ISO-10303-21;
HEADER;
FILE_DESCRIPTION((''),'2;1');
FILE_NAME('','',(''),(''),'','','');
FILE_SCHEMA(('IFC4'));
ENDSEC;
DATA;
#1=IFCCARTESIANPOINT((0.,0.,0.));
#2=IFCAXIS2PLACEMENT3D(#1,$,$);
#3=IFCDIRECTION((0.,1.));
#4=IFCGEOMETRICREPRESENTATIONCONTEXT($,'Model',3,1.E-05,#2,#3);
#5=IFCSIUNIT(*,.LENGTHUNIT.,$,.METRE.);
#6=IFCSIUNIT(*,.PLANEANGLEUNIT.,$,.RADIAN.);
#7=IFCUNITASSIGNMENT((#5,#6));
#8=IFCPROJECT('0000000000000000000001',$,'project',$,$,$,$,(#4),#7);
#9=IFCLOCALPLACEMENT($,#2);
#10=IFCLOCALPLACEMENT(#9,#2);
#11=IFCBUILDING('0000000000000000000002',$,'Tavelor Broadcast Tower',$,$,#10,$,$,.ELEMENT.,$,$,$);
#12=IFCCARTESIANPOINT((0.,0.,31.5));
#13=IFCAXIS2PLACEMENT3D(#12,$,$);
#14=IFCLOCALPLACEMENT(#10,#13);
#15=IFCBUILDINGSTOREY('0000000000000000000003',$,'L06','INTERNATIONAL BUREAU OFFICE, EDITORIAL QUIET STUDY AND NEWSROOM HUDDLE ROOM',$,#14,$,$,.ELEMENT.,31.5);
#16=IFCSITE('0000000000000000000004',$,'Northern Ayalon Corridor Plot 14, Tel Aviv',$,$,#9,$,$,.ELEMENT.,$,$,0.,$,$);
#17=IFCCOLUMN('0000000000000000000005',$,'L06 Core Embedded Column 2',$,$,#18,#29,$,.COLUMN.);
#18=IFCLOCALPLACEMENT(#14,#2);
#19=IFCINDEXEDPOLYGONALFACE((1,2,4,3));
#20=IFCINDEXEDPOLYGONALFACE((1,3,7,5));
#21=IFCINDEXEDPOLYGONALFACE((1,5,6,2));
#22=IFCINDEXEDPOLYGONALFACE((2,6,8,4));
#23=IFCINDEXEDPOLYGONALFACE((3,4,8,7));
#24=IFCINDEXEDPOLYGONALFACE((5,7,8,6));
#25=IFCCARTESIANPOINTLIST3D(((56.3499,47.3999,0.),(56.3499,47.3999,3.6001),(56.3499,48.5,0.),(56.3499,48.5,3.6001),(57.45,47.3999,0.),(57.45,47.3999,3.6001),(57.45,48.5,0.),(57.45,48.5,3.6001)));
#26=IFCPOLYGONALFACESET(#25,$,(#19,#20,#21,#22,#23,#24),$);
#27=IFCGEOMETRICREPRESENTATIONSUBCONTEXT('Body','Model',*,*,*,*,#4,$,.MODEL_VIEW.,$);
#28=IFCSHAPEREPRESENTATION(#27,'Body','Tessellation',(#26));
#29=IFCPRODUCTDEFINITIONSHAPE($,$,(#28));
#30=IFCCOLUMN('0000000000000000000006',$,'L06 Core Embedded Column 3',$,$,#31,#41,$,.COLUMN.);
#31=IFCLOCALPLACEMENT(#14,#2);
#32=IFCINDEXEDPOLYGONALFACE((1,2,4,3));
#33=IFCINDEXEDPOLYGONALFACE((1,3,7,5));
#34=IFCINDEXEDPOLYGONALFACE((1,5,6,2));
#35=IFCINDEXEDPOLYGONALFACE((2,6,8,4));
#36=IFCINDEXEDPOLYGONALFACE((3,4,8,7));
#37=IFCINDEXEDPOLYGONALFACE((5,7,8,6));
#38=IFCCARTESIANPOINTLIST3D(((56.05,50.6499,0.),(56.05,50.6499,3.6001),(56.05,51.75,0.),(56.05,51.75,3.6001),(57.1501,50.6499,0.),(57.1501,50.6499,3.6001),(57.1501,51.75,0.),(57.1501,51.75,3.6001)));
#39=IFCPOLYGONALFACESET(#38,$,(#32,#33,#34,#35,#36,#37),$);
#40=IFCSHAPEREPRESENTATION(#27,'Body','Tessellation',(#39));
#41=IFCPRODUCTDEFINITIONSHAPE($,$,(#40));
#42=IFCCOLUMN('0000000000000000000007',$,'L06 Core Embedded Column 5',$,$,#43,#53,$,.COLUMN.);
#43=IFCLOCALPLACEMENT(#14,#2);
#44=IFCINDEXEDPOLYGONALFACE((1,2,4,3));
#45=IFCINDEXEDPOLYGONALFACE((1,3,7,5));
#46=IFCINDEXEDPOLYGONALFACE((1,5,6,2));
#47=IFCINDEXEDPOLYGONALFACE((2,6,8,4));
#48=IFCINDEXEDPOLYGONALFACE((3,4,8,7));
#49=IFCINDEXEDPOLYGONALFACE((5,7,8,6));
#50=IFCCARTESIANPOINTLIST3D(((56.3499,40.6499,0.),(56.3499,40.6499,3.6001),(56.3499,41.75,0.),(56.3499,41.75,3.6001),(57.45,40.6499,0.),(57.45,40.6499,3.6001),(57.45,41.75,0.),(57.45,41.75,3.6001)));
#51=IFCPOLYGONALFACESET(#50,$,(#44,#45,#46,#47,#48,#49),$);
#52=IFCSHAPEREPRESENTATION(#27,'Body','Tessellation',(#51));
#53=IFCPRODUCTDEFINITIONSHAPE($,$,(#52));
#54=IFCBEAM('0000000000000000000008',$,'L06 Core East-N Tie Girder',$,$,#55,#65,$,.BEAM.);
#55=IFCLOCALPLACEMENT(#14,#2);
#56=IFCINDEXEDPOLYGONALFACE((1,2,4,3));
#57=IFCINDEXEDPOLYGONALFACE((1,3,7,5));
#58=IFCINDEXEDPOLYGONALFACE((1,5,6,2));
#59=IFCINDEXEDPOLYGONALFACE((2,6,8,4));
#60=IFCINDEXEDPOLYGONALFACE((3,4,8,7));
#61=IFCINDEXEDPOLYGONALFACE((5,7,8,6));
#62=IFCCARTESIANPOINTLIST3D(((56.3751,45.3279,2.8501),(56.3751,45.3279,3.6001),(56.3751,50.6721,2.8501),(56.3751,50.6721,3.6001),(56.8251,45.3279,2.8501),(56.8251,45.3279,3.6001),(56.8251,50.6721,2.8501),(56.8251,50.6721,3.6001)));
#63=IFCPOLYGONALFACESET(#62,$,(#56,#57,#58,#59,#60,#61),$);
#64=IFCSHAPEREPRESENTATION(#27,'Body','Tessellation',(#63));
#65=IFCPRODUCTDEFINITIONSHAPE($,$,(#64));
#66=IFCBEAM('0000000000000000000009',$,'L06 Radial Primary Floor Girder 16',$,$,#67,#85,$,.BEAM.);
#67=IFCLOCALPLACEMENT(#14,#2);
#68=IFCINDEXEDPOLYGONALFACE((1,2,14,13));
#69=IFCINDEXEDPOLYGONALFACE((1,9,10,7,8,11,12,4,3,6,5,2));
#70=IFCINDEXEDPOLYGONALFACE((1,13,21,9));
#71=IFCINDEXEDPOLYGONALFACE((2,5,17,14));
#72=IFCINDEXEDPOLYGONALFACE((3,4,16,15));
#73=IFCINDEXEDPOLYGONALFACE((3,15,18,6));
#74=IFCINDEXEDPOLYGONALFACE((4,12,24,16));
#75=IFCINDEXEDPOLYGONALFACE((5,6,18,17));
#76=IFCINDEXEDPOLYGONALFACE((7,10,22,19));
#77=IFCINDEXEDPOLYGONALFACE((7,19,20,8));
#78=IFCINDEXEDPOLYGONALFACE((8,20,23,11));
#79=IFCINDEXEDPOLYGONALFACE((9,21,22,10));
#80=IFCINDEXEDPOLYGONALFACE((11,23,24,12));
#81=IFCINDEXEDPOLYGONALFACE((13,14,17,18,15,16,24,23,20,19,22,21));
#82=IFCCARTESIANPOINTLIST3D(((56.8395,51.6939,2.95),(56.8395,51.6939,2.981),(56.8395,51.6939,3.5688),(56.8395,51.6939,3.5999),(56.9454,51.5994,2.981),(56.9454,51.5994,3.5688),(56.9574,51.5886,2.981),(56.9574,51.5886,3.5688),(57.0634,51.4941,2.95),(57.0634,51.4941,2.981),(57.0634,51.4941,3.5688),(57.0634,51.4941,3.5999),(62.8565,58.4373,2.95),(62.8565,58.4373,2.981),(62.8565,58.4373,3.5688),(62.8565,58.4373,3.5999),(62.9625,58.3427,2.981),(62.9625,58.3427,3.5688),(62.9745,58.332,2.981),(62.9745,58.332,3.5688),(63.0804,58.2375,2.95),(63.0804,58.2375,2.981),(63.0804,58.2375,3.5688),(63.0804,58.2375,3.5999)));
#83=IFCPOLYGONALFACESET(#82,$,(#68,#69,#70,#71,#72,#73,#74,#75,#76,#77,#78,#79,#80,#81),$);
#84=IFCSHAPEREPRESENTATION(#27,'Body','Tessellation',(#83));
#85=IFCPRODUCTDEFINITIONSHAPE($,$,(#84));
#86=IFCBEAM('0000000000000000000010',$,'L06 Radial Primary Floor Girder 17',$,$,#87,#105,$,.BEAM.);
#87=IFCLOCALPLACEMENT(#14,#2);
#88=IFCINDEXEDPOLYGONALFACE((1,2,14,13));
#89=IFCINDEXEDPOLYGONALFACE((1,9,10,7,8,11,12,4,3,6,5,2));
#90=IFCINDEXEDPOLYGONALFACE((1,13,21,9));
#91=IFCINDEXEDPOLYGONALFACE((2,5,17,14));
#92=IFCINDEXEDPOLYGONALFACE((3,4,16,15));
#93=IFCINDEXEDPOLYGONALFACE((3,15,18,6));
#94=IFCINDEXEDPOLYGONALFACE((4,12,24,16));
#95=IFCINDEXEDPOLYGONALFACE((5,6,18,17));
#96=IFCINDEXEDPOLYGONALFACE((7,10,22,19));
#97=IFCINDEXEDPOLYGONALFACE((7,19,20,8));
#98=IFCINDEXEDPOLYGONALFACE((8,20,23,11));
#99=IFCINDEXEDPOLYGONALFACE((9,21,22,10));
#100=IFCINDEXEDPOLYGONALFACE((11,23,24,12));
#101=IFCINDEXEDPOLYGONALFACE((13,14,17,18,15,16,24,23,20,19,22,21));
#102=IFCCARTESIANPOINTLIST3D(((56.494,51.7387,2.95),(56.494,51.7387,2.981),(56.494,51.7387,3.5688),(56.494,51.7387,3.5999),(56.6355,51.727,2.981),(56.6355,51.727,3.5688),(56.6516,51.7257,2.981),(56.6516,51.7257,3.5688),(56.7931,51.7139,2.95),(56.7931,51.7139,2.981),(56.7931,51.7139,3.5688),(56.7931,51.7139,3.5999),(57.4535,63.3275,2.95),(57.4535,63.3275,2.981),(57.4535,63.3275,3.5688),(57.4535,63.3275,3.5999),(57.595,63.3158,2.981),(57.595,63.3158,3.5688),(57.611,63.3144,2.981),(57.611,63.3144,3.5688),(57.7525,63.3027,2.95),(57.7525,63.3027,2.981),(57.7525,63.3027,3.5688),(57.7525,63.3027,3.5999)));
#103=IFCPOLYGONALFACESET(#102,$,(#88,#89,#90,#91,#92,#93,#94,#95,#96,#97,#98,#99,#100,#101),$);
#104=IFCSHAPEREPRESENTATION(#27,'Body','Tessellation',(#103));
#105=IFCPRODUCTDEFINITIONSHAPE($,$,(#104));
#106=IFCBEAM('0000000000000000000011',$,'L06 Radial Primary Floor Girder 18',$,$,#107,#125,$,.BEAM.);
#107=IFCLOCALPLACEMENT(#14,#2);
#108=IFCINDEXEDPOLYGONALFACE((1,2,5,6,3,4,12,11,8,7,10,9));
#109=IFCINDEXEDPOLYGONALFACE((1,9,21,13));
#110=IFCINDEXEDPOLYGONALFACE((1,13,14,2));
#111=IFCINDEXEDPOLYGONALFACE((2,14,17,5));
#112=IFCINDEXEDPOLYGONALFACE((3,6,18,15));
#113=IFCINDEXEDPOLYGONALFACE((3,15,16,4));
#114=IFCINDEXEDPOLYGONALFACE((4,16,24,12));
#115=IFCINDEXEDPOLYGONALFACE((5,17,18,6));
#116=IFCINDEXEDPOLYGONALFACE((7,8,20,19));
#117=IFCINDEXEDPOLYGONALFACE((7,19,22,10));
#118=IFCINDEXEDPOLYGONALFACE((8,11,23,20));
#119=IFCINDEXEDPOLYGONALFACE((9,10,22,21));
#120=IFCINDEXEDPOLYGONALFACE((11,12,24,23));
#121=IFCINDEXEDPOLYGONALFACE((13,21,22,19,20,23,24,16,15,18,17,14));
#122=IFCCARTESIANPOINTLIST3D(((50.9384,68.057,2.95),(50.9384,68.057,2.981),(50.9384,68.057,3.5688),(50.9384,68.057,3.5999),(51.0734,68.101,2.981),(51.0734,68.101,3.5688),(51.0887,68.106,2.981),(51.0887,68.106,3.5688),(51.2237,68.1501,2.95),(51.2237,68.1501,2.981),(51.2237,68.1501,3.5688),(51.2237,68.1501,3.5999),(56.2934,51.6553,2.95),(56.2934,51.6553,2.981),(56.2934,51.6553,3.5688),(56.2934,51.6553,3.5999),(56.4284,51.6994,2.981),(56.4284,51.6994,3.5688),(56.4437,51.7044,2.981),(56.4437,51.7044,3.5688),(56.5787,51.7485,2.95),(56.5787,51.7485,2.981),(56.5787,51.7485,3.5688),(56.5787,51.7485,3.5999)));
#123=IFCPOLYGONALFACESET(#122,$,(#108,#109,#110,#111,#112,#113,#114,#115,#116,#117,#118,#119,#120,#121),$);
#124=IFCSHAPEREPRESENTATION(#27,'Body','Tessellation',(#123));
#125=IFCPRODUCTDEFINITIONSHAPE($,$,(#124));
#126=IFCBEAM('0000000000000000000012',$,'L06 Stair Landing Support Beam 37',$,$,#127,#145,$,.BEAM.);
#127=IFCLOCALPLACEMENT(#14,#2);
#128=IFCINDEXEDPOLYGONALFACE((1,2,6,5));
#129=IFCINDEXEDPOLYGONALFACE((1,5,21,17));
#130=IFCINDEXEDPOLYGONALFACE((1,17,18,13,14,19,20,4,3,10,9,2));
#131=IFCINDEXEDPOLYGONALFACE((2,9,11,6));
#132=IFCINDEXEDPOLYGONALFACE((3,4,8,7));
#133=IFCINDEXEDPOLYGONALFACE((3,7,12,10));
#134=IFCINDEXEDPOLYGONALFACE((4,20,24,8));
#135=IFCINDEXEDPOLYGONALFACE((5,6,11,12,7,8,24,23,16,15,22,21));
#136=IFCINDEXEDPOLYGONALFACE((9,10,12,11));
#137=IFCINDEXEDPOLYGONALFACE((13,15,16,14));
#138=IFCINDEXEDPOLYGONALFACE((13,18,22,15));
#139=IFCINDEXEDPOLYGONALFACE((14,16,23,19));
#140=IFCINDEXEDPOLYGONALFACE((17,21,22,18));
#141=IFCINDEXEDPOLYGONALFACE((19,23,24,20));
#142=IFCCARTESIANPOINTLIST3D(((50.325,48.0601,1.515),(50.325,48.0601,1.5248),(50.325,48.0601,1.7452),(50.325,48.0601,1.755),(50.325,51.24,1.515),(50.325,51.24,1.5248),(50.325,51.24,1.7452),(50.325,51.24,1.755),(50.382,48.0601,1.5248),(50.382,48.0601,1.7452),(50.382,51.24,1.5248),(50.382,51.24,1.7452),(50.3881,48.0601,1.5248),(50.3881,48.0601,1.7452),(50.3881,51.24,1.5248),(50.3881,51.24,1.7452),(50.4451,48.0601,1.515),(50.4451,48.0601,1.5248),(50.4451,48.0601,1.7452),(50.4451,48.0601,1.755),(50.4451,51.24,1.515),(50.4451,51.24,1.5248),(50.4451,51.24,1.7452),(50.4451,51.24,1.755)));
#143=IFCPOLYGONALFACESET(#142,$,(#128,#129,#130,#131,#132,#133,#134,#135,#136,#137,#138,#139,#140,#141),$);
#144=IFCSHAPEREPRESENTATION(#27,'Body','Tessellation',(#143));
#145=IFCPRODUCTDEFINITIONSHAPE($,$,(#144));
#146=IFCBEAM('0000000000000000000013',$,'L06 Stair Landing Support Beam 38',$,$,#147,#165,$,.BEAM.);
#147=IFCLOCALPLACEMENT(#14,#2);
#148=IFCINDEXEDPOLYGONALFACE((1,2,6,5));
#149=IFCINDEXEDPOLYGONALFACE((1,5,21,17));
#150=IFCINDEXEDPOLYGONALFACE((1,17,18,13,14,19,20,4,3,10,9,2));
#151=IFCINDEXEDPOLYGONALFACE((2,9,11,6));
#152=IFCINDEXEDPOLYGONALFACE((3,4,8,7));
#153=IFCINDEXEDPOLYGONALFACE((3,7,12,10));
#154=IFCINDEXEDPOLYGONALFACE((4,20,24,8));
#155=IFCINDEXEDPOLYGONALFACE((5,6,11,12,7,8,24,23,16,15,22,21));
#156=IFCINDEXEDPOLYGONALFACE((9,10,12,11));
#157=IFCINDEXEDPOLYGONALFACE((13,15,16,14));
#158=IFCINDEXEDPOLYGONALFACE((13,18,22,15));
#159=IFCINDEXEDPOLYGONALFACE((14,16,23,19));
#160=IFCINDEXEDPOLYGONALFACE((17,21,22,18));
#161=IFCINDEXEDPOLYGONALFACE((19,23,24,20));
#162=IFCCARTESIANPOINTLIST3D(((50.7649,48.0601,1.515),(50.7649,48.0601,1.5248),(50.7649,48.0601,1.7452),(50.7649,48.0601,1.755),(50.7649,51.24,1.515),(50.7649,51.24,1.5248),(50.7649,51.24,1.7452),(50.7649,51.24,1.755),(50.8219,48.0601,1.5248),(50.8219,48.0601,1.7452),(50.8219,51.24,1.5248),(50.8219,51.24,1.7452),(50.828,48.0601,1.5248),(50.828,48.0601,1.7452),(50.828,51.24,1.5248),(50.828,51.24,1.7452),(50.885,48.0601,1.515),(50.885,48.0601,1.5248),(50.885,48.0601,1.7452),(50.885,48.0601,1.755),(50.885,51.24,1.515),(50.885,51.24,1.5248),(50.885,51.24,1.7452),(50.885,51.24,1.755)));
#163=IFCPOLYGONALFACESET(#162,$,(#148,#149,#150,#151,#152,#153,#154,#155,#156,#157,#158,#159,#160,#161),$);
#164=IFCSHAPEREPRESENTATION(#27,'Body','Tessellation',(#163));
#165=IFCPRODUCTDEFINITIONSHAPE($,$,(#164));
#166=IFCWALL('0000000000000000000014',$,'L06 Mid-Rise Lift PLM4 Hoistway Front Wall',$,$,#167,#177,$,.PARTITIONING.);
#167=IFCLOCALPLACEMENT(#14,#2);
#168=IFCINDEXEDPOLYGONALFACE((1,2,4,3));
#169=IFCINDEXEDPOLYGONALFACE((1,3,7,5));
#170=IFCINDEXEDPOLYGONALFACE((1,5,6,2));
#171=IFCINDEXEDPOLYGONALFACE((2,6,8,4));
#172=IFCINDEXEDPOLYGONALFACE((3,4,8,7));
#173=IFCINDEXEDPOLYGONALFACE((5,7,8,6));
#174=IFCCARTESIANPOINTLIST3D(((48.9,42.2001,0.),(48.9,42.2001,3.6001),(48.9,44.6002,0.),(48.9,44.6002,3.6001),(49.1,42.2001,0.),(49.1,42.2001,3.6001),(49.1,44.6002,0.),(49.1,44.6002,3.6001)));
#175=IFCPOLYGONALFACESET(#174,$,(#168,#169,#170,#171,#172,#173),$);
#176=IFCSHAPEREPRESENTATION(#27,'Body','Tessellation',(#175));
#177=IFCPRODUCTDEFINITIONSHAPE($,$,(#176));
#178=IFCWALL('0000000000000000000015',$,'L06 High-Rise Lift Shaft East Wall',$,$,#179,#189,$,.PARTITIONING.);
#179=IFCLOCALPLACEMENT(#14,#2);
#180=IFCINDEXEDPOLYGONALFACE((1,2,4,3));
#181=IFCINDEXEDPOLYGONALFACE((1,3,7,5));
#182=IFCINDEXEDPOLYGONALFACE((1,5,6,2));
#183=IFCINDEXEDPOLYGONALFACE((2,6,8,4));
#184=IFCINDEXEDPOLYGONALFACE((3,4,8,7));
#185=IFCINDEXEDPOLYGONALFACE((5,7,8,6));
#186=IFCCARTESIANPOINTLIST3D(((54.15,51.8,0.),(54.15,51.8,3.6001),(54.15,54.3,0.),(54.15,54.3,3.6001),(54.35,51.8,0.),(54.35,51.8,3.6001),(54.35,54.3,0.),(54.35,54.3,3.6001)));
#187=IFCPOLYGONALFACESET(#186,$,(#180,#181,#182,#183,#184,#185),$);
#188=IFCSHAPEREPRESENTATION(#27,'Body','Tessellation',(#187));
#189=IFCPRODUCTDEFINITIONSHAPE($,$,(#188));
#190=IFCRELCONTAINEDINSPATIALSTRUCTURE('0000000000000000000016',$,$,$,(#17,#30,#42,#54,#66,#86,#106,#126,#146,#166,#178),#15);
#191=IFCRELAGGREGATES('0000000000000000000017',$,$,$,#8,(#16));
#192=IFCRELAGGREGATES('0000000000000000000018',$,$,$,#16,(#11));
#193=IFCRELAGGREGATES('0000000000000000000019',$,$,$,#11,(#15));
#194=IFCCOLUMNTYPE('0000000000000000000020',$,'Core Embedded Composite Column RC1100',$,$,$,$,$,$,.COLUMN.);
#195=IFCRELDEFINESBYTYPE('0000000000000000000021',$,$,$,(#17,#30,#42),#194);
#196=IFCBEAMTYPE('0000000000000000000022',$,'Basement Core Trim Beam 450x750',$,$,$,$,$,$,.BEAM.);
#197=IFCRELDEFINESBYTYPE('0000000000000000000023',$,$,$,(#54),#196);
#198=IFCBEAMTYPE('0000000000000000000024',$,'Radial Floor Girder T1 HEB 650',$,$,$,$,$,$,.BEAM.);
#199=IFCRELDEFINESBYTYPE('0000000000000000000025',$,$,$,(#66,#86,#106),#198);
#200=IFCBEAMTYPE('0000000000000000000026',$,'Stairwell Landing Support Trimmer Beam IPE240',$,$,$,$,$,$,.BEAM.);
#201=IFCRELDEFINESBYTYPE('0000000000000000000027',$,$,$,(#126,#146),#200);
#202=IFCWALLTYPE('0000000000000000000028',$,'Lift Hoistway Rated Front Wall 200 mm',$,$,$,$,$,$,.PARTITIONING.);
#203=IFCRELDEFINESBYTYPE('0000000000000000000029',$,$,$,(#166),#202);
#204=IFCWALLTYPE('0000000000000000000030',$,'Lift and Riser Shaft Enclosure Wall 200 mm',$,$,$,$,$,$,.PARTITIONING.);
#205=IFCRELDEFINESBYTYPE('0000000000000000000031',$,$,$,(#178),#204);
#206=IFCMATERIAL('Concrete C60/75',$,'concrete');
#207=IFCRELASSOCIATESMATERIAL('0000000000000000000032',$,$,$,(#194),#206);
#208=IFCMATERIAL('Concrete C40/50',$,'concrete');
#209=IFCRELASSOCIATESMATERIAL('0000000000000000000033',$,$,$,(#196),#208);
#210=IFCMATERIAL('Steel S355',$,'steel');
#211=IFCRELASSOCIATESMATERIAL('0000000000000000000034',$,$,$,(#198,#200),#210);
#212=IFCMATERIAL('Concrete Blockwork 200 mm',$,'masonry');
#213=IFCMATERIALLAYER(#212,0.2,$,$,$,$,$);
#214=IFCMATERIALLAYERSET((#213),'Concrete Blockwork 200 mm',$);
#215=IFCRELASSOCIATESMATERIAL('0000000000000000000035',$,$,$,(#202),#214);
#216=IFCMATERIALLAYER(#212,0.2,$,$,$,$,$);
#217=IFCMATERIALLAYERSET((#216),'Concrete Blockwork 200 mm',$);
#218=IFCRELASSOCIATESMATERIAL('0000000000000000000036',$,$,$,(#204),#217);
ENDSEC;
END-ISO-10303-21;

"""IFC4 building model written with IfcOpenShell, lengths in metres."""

from ifc_helpers import new_model, si_unit, direction, frame, frame_2d, origin, origin_2d, place, context, subcontext, project, spatial, rectangle, i_section, extrude, material, layer, layer_set, material_profile, profile_set, type_object, element, save


model = new_model("IFC4")

# Units and contexts
model_context = context("Model", 3, precision=1e-05, world=origin(), true_north=direction((0.0, 1.0)))
body_context = subcontext(model_context, "Body", "Model", "MODEL_VIEW")
ifc_project = project(units=[si_unit("LENGTHUNIT", "METRE"), si_unit("PLANEANGLEUNIT", "RADIAN")], contexts=[model_context])

# Site, building, storey
site_placement = place(None, origin())
site = spatial("IfcSite", under=ifc_project, at=site_placement, Name="Northern Ayalon Corridor Plot 14, Tel Aviv", CompositionType="ELEMENT", RefElevation=0.0)
building_placement = place(site_placement, origin())
building = spatial("IfcBuilding", under=site, at=building_placement, Name="Tavelor Broadcast Tower", CompositionType="ELEMENT")
storey_placement = place(building_placement, frame((0.0, 0.0, 31.5)))
storey = spatial("IfcBuildingStorey", under=building, at=storey_placement, Name="L06", Description="INTERNATIONAL BUREAU OFFICE, EDITORIAL QUIET STUDY AND NEWSROOM HUDDLE ROOM", CompositionType="ELEMENT", Elevation=31.5)

# Columns
ifc_material_1 = material(Name="Concrete C60/75", Category="concrete")
ifc_material_profile_1 = material_profile(ifc_material_1, rectangle(XDim=1.1001, YDim=1.1001, at=origin_2d()), Name="RC 1100x1100")
ifc_profile_set_1 = profile_set([ifc_material_profile_1], Name="Concrete C60/75")
column_type = type_object("IfcColumnType", Name="Core Embedded Composite Column RC1100", PredefinedType="COLUMN", material=ifc_profile_set_1)
for number, where, z_axis, x_axis, name in (
    (1, (56.8999, 47.95, 0.0), (0.0, 0.0, 1.0), (1.0, 0.0, 0.0), "L06 Core Embedded Column 2"),
    (2, (56.6001, 51.2, 0.0), (0.0, 0.0, 1.0), (1.0, 0.0, 0.0), "L06 Core Embedded Column 3"),
    (3, (56.8999, 41.2, 0.0), (0.0, 0.0, 1.0), (1.0, 0.0, 0.0), "L06 Core Embedded Column 5"),
):
    element("IfcColumn", number, at=place(storey_placement, frame(where, z_axis=z_axis, x_axis=x_axis)), inside=storey, type_object=column_type, Name=name, PredefinedType="COLUMN", context=body_context, shape_type="SweptSolid", body=[
        extrude(rectangle(XDim=1.1001, YDim=1.1001, at=origin_2d()), origin(), (0.0, 0.0, 1.0), 3.6001),
    ])

# Beams
ifc_material_2 = material(Name="Concrete C40/50", Category="concrete")
ifc_material_profile_2 = material_profile(ifc_material_2, rectangle(XDim=0.45, YDim=0.75, at=origin_2d()), Name="RC 450x750")
ifc_profile_set_2 = profile_set([ifc_material_profile_2], Name="Concrete C40/50")
beam_type_1 = type_object("IfcBeamType", Name="Basement Core Trim Beam 450x750", PredefinedType="BEAM", material=ifc_profile_set_2)
beam_1_placement = place(storey_placement, frame((56.6001, 45.3279, 3.2251), z_axis=(0.0, 1.0, 0.0), x_axis=(-1.0, 0.0, 0.0)))
element("IfcBeam", 4, at=beam_1_placement, inside=storey, type_object=beam_type_1, Name="L06 Core East-N Tie Girder", PredefinedType="BEAM", context=body_context, shape_type="SweptSolid", body=[
    extrude(rectangle(XDim=0.45, YDim=0.75, at=origin_2d()), origin(), (0.0, 0.0, 1.0), 5.3442),
])
ifc_material_3 = material(Name="Steel S355", Category="steel")
ifc_material_profile_3 = material_profile(ifc_material_3, i_section(OverallWidth=0.3, OverallDepth=0.6499, WebThickness=0.0161, FlangeThickness=0.031, at=origin_2d()), Name="HEB 650")
ifc_profile_set_3 = profile_set([ifc_material_profile_3], Name="Steel S355")
beam_type_2 = type_object("IfcBeamType", Name="Radial Floor Girder T1 HEB 650", PredefinedType="BEAM", material=ifc_profile_set_3)
beam_2_placement = place(storey_placement, frame((56.9514, 51.594, 3.2749), z_axis=(0.665781, 0.746147, 0.0), x_axis=(-0.746147, 0.665781, 0.0)))
element("IfcBeam", 5, at=beam_2_placement, inside=storey, type_object=beam_type_2, Name="L06 Radial Primary Floor Girder 16", PredefinedType="BEAM", context=body_context, shape_type="SweptSolid", body=[
    extrude(i_section(OverallWidth=0.3, OverallDepth=0.6499, WebThickness=0.0161, FlangeThickness=0.031, at=origin_2d()), origin(), (0.0, 0.0, 1.0), 9.0376),
])
beam_3_placement = place(storey_placement, frame((56.6436, 51.7263, 3.2749), z_axis=(0.08251, 0.99659, 0.0), x_axis=(-0.99659, 0.08251, 0.0)))
element("IfcBeam", 6, at=beam_3_placement, inside=storey, type_object=beam_type_2, Name="L06 Radial Primary Floor Girder 17", PredefinedType="BEAM", context=body_context, shape_type="SweptSolid", body=[
    extrude(i_section(OverallWidth=0.3, OverallDepth=0.6499, WebThickness=0.0161, FlangeThickness=0.031, at=origin_2d()), origin(), (0.0, 0.0, 1.0), 11.6284),
])
beam_4_placement = place(storey_placement, frame((56.436, 51.7019, 3.2749), z_axis=(-0.310368, 0.950617, 0.0), x_axis=(-0.950617, -0.310368, 0.0)))
element("IfcBeam", 7, at=beam_4_placement, inside=storey, type_object=beam_type_2, Name="L06 Radial Primary Floor Girder 18", PredefinedType="BEAM", context=body_context, shape_type="SweptSolid", body=[
    extrude(i_section(OverallWidth=0.3, OverallDepth=0.6499, WebThickness=0.0161, FlangeThickness=0.031, at=origin_2d()), origin(), (0.0, 0.0, 1.0), 17.2537),
])
ifc_material_profile_4 = material_profile(ifc_material_3, i_section(OverallWidth=0.1201, OverallDepth=0.24, WebThickness=0.0061, FlangeThickness=0.0098, at=origin_2d()), Name="IPE 240")
ifc_profile_set_4 = profile_set([ifc_material_profile_4], Name="Steel S355")
beam_type_3 = type_object("IfcBeamType", Name="Stairwell Landing Support Trimmer Beam IPE240", PredefinedType="BEAM", material=ifc_profile_set_4)
for number, where, z_axis, x_axis, name in (
    (8, (50.385, 48.0601, 1.635), (0.0, 1.0, 0.0), (-1.0, 0.0, 0.0), "L06 Stair Landing Support Beam 37"),
    (9, (50.825, 48.0601, 1.635), (0.0, 1.0, 0.0), (-1.0, 0.0, 0.0), "L06 Stair Landing Support Beam 38"),
):
    element("IfcBeam", number, at=place(storey_placement, frame(where, z_axis=z_axis, x_axis=x_axis)), inside=storey, type_object=beam_type_3, Name=name, PredefinedType="BEAM", context=body_context, shape_type="SweptSolid", body=[
        extrude(i_section(OverallWidth=0.1201, OverallDepth=0.24, WebThickness=0.0061, FlangeThickness=0.0098, at=origin_2d()), origin(), (0.0, 0.0, 1.0), 3.1799),
    ])

# Walls
ifc_material_4 = material(Name="Concrete Blockwork 200 mm", Category="masonry")
ifc_layer_1 = layer(ifc_material_4, 0.2)
ifc_layer_set_1 = layer_set([ifc_layer_1], Name="Concrete Blockwork 200 mm")
wall_type_1 = type_object("IfcWallType", Name="Lift Hoistway Rated Front Wall 200 mm", PredefinedType="PARTITIONING", material=ifc_layer_set_1)
wall_1_placement = place(storey_placement, frame((49.0, 42.2, 0.0), z_axis=(0.0, 0.0, 1.0), x_axis=(0.0, 1.0, 0.0)))
element("IfcWall", 10, at=wall_1_placement, inside=storey, type_object=wall_type_1, Name="L06 Mid-Rise Lift PLM4 Hoistway Front Wall", PredefinedType="PARTITIONING", context=body_context, shape_type="SweptSolid", body=[
    extrude(rectangle(XDim=2.4001, YDim=0.2, at=frame_2d((1.2002, 0.0))), origin(), (0.0, 0.0, 1.0), 3.6001),
])
ifc_layer_2 = layer(ifc_material_4, 0.2)
ifc_layer_set_2 = layer_set([ifc_layer_2], Name="Concrete Blockwork 200 mm")
wall_type_2 = type_object("IfcWallType", Name="Lift and Riser Shaft Enclosure Wall 200 mm", PredefinedType="PARTITIONING", material=ifc_layer_set_2)
wall_2_placement = place(storey_placement, frame((54.25, 51.8, 0.0), z_axis=(0.0, 0.0, 1.0), x_axis=(0.0, 1.0, 0.0)))
element("IfcWall", 11, at=wall_2_placement, inside=storey, type_object=wall_type_2, Name="L06 High-Rise Lift Shaft East Wall", PredefinedType="PARTITIONING", context=body_context, shape_type="SweptSolid", body=[
    extrude(rectangle(XDim=2.5, YDim=0.2, at=frame_2d((1.25, 0.0))), origin(), (0.0, 0.0, 1.0), 3.6001),
])

save(model, "model.ifc")
